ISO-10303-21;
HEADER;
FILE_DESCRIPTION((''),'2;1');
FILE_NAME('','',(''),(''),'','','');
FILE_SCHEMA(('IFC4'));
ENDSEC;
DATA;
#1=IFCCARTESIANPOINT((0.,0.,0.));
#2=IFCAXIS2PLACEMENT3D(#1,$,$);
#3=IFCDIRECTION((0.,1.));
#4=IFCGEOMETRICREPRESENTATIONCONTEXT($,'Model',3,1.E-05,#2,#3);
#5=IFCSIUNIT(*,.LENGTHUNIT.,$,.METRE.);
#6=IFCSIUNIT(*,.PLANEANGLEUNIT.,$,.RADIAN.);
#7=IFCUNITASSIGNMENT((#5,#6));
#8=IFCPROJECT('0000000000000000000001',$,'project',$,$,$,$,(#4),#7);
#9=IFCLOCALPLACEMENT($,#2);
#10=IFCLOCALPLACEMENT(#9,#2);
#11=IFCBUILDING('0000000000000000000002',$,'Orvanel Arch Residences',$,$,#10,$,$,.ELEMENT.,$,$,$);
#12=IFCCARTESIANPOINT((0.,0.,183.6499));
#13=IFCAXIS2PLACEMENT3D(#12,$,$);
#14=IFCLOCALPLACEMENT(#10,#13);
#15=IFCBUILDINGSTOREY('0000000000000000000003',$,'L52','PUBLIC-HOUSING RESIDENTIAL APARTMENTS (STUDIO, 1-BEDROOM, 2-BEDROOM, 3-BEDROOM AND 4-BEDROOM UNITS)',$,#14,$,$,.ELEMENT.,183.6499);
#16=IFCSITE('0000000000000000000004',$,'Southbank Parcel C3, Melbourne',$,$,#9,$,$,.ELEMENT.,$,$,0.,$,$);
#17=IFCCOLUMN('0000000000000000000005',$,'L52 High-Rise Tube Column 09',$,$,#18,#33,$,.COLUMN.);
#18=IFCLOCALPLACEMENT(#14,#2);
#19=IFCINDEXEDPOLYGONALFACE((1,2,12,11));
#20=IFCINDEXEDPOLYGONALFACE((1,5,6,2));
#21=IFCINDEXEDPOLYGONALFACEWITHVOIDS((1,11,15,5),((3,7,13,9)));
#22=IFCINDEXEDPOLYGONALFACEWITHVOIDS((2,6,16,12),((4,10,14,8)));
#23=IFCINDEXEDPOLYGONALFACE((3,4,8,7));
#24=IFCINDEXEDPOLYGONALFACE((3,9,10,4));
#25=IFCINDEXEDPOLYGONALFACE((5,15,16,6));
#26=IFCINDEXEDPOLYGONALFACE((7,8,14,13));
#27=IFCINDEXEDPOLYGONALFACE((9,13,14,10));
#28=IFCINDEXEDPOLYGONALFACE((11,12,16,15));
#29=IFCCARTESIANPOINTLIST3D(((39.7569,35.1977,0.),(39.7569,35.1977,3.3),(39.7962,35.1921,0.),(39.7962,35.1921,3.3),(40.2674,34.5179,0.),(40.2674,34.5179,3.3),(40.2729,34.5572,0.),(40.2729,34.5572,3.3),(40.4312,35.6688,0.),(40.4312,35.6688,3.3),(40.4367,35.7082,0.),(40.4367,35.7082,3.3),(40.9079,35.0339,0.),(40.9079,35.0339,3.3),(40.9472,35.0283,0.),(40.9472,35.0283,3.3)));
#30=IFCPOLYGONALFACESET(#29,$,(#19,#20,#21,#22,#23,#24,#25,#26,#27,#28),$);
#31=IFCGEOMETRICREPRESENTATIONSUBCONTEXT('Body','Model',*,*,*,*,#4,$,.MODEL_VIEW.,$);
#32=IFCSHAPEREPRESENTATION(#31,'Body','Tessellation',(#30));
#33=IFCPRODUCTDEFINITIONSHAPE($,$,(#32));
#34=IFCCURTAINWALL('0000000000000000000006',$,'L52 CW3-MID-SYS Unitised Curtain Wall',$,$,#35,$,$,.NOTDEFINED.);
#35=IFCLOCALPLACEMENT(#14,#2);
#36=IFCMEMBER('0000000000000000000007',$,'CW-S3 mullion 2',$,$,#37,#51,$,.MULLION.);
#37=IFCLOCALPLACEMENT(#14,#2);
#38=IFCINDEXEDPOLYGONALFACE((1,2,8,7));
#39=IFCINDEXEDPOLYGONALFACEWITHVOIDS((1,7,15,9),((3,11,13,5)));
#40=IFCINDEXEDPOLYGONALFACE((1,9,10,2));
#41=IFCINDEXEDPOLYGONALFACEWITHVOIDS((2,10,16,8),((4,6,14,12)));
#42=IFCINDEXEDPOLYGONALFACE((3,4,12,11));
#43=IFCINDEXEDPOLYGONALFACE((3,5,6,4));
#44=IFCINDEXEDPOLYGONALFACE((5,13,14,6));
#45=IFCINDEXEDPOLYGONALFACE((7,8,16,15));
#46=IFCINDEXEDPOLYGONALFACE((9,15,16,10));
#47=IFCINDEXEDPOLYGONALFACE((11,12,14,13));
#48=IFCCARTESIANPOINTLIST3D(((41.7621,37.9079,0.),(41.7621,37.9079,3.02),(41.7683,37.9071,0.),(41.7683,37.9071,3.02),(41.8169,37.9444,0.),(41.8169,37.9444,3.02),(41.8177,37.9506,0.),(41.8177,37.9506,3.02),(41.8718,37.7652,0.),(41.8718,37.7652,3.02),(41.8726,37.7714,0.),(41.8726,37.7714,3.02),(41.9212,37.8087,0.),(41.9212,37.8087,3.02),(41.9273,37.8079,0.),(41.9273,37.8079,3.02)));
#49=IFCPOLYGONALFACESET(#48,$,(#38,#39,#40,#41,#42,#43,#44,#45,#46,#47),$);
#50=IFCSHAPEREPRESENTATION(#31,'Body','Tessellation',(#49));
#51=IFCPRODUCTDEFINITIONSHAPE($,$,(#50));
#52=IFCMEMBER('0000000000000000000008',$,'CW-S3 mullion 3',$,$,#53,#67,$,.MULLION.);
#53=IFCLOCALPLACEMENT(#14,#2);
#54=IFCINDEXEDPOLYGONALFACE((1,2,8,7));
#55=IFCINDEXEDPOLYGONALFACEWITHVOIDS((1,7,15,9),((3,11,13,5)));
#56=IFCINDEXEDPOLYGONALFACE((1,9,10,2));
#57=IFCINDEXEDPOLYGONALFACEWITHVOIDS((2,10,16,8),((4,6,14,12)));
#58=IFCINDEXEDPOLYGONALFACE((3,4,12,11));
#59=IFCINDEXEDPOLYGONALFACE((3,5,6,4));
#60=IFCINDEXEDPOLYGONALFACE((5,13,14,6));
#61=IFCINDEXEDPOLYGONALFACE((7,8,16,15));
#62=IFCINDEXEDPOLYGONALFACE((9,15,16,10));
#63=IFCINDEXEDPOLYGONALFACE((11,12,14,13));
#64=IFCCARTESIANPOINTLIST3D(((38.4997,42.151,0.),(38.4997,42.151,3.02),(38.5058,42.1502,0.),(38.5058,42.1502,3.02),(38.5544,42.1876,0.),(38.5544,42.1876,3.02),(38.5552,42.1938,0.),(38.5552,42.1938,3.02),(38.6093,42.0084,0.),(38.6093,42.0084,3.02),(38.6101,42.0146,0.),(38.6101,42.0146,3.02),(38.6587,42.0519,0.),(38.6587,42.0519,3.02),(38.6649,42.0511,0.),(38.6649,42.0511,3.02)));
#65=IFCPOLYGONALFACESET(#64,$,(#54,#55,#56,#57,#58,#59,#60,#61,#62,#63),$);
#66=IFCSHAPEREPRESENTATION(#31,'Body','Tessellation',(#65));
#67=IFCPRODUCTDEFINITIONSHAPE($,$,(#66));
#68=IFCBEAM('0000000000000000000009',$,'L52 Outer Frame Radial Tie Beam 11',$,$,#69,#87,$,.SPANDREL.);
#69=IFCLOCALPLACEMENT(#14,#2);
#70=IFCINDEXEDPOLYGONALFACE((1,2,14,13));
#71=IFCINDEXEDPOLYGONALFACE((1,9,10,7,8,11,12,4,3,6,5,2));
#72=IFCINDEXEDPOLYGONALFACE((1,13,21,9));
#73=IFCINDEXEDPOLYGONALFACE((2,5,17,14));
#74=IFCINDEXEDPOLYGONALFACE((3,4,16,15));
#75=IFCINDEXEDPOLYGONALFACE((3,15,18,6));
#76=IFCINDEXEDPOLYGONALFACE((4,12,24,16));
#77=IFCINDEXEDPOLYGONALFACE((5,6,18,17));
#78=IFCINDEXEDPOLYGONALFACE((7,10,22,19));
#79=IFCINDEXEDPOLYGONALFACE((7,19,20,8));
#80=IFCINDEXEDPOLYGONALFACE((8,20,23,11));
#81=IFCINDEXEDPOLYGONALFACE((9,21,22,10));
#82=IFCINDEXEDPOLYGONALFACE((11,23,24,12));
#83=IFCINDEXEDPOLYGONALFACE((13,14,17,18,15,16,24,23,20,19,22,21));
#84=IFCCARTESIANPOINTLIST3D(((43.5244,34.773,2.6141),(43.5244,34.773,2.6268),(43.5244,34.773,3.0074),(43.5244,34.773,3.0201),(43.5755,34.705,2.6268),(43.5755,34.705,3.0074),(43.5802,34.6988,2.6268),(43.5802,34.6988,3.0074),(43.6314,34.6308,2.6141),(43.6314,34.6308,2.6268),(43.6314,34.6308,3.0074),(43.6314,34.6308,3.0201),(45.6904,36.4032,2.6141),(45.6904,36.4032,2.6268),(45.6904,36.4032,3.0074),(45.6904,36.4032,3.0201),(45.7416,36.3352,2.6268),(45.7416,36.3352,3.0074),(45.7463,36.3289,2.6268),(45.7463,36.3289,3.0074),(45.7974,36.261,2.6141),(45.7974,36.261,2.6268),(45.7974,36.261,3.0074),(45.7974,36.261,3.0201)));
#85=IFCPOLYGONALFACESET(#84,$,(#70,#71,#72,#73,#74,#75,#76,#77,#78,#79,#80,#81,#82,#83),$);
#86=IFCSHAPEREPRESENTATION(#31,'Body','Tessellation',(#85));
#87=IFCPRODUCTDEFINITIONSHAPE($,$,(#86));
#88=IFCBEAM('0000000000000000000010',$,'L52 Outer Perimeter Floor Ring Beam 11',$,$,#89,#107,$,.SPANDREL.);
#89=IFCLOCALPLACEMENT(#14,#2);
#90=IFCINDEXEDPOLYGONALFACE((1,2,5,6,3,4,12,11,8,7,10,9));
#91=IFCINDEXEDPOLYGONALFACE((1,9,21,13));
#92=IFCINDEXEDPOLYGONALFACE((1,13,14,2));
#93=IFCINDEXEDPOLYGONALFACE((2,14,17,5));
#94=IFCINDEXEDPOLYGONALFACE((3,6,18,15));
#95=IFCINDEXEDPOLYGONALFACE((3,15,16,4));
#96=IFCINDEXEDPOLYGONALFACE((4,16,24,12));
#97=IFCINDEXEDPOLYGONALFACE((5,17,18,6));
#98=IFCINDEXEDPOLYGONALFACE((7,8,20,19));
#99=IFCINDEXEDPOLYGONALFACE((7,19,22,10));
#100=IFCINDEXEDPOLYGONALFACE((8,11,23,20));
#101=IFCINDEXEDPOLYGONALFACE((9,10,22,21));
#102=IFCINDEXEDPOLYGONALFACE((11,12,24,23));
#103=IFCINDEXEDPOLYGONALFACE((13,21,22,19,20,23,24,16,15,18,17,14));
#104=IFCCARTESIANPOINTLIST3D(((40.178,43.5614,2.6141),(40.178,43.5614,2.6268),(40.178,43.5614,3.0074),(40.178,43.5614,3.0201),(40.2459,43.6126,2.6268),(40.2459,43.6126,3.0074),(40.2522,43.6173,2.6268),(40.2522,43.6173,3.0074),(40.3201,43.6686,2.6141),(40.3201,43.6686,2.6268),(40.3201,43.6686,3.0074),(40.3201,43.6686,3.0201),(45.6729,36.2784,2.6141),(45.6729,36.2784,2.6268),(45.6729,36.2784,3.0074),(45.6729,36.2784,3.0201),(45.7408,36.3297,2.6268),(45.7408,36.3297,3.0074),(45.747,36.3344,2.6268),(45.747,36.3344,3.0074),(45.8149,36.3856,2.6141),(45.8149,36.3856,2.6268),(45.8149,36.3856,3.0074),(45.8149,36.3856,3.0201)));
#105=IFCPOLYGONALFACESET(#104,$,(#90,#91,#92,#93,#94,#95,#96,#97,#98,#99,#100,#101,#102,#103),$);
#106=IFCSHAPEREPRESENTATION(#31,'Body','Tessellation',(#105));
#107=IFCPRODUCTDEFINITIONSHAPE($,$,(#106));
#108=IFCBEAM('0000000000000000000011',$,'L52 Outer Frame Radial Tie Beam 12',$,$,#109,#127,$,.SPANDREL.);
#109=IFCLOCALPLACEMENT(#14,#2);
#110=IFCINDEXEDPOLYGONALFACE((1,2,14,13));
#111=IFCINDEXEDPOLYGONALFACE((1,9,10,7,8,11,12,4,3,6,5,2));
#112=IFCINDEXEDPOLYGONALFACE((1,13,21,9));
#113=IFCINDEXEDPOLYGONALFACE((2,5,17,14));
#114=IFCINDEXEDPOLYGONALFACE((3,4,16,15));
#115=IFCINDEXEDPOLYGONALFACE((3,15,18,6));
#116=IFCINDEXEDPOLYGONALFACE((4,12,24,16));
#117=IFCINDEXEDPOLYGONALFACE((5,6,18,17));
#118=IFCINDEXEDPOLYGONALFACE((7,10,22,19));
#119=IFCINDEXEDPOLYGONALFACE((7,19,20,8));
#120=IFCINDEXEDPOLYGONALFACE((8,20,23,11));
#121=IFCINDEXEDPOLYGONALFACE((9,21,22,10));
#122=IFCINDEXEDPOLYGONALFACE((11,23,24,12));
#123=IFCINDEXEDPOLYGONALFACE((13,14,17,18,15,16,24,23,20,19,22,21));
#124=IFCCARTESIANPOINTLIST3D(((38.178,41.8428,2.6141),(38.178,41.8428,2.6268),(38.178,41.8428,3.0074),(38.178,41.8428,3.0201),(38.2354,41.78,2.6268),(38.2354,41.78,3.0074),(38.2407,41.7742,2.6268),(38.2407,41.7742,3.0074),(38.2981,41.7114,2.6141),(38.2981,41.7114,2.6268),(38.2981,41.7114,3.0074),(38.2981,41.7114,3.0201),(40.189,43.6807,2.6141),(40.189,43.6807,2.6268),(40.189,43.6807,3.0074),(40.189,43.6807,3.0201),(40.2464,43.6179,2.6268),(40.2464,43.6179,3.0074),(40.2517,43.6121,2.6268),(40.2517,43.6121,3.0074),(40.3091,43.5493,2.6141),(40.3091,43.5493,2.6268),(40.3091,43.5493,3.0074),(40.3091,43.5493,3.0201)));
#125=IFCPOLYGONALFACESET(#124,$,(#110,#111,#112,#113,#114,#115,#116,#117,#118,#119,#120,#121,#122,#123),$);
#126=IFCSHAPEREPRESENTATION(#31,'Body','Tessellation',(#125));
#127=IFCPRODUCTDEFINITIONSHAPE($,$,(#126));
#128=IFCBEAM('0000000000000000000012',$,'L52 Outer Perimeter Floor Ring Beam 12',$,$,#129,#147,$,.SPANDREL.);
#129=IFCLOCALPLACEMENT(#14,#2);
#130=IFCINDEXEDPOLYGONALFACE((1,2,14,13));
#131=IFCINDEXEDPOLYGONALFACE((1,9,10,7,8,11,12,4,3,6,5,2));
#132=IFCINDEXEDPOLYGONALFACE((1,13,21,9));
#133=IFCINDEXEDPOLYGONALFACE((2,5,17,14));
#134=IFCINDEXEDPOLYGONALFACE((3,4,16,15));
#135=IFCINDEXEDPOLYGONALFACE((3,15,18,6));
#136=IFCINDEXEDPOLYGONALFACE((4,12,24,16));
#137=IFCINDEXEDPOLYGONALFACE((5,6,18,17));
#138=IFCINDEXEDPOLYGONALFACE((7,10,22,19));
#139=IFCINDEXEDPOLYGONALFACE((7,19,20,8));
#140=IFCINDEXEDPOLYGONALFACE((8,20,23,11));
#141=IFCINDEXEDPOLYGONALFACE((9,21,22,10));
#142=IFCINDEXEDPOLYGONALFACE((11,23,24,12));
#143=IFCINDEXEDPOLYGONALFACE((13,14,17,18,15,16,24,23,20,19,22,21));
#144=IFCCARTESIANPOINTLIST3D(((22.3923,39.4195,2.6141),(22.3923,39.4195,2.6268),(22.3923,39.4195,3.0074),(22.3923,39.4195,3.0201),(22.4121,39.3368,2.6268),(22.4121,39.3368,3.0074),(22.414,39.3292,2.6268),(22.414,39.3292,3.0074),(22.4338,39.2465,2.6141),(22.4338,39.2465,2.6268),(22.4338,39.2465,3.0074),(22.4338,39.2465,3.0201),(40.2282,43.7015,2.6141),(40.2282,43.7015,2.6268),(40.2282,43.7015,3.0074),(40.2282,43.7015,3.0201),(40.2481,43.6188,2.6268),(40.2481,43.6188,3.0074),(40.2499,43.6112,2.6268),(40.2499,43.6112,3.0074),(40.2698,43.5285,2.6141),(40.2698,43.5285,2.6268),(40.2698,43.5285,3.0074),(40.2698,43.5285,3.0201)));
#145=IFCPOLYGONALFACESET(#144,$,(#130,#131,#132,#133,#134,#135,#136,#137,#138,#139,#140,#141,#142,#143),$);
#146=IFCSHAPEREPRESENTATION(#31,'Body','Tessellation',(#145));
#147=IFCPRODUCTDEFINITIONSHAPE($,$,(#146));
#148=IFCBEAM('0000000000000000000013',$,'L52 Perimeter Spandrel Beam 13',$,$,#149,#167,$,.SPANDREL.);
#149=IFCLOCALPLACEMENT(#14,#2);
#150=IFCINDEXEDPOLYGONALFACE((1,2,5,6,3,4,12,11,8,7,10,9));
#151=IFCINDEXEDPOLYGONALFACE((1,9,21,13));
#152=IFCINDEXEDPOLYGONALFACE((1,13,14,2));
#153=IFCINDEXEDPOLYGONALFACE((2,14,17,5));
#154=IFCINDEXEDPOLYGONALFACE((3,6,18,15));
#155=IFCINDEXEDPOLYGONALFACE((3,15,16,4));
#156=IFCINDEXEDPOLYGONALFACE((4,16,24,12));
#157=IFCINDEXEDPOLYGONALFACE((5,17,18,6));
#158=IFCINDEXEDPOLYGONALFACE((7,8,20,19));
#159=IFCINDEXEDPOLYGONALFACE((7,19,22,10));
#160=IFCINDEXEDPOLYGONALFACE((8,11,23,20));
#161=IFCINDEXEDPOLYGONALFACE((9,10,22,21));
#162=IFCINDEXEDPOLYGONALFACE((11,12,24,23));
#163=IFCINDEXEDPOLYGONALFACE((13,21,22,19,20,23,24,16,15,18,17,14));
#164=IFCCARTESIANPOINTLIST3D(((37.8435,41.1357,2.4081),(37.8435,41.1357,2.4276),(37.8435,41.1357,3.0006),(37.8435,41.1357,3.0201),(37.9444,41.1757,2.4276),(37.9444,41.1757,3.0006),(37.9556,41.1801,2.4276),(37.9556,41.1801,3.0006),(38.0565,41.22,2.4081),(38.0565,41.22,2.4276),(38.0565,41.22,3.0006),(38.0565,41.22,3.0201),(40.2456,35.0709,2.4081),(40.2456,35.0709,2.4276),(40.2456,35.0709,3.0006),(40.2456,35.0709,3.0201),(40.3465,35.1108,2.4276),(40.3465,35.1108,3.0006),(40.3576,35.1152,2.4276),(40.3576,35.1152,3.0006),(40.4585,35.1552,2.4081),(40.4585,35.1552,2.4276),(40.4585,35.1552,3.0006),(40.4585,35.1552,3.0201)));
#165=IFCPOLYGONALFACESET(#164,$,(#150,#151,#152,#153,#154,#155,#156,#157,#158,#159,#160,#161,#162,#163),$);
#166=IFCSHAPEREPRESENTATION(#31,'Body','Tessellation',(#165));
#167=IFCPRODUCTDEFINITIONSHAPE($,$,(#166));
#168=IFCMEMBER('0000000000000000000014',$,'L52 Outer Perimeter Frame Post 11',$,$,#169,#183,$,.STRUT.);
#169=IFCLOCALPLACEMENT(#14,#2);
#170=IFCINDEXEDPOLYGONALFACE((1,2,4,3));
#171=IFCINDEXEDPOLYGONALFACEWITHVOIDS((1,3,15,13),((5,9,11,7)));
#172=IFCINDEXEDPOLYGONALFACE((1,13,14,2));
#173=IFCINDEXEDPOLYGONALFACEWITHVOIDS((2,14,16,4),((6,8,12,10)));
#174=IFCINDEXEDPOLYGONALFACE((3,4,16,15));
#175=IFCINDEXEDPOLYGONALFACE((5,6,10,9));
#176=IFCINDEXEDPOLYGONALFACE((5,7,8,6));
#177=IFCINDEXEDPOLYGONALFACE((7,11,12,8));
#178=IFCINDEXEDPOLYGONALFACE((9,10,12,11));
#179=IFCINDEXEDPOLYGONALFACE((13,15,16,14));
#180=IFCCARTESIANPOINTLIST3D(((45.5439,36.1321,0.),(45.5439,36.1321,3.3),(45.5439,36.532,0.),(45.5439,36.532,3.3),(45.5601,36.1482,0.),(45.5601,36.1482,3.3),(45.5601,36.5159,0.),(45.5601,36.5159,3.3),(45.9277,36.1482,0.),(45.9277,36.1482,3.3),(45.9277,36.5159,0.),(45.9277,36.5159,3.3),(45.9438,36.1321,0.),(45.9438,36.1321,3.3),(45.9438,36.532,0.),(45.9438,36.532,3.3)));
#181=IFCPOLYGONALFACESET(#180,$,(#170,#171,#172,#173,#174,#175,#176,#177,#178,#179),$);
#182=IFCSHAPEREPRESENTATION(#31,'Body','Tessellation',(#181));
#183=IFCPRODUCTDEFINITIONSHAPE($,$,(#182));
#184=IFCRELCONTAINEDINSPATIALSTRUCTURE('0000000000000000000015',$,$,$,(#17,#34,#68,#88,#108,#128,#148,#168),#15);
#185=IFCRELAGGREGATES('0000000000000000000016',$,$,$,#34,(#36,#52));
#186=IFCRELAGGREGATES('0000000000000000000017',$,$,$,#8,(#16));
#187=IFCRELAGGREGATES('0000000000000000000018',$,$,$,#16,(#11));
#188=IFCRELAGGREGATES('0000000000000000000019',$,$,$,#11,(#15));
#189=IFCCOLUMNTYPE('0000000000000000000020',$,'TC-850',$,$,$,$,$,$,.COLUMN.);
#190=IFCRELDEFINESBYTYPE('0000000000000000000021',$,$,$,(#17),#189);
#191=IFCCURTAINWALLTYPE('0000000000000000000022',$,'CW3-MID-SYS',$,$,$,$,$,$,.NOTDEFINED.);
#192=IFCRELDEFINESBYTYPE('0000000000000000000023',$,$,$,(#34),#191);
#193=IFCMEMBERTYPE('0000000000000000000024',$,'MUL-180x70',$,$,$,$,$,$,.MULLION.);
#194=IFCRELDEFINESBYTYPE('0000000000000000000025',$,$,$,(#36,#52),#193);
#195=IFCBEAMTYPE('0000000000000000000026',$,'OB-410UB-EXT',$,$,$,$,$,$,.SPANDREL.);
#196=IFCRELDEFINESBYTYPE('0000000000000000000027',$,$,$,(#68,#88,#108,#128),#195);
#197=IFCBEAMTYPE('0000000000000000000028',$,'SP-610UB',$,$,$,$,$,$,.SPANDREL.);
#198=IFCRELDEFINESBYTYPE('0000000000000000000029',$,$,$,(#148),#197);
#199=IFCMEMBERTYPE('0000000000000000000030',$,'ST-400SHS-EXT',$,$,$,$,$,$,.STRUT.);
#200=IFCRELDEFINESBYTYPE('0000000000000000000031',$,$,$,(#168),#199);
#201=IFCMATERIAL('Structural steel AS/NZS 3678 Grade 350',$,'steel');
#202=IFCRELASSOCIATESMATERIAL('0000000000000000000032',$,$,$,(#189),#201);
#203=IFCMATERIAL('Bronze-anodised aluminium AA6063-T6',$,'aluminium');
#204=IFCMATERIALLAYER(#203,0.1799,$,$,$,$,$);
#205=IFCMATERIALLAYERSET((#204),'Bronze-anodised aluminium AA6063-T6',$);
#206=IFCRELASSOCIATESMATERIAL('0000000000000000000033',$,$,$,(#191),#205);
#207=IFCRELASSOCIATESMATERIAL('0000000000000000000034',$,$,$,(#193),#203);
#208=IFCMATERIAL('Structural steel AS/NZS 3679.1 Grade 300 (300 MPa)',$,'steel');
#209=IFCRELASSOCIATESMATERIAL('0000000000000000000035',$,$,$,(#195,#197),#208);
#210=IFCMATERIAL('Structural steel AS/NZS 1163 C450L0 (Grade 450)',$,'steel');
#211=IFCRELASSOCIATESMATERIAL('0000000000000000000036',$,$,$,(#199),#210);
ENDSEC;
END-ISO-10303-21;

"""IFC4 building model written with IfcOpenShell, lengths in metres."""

from ifc_helpers import new_model, si_unit, direction, frame, origin, origin_2d, place, context, subcontext, project, spatial, hollow_rectangle, i_section, extrude, material, layer, layer_set, material_profile, profile_set, type_object, element, aggregate, save


model = new_model("IFC4")

# Units and contexts
model_context = context("Model", 3, precision=1e-05, world=origin(), true_north=direction((0.0, 1.0)))
body_context = subcontext(model_context, "Body", "Model", "MODEL_VIEW")
ifc_project = project(units=[si_unit("LENGTHUNIT", "METRE"), si_unit("PLANEANGLEUNIT", "RADIAN")], contexts=[model_context])

# Site, building, storey
site_placement = place(None, origin())
site = spatial("IfcSite", under=ifc_project, at=site_placement, Name="Southbank Parcel C3, Melbourne", CompositionType="ELEMENT", RefElevation=0.0)
building_placement = place(site_placement, origin())
building = spatial("IfcBuilding", under=site, at=building_placement, Name="Orvanel Arch Residences", CompositionType="ELEMENT")
storey_placement = place(building_placement, frame((0.0, 0.0, 183.6499)))
storey = spatial("IfcBuildingStorey", under=building, at=storey_placement, Name="L52", Description="PUBLIC-HOUSING RESIDENTIAL APARTMENTS (STUDIO, 1-BEDROOM, 2-BEDROOM, 3-BEDROOM AND 4-BEDROOM UNITS)", CompositionType="ELEMENT", Elevation=183.6499)

# Column
ifc_material_1 = material(Name="Structural steel AS/NZS 3678 Grade 350", Category="steel")
ifc_material_profile_1 = material_profile(ifc_material_1, hollow_rectangle(XDim=0.8501, YDim=0.8501, WallThickness=0.0281, at=origin_2d()), Name="BOX850x850x28")
ifc_profile_set_1 = profile_set([ifc_material_profile_1], Name="Structural steel AS/NZS 3678 Grade 350")
column_type = type_object("IfcColumnType", Name="TC-850", PredefinedType="COLUMN", material=ifc_profile_set_1)
column_placement = place(storey_placement, frame((40.3521, 35.113, 0.0), z_axis=(0.0, 0.0, 1.0), x_axis=(-0.60042, 0.799685, 0.0)))
element("IfcColumn", 1, at=column_placement, inside=storey, type_object=column_type, Name="L52 High-Rise Tube Column 09", PredefinedType="COLUMN", context=body_context, shape_type="SweptSolid", body=[
    extrude(hollow_rectangle(XDim=0.8501, YDim=0.8501, WallThickness=0.0281, at=origin_2d()), origin(), (0.0, 0.0, 1.0), 3.3),
])

# Curtain wall, members
ifc_material_2 = material(Name="Bronze-anodised aluminium AA6063-T6", Category="aluminium")
ifc_layer_1 = layer(ifc_material_2, 0.1799)
ifc_layer_set_1 = layer_set([ifc_layer_1], Name="Bronze-anodised aluminium AA6063-T6")
curtain_wall_type = type_object("IfcCurtainWallType", Name="CW3-MID-SYS", PredefinedType="NOTDEFINED", material=ifc_layer_set_1)
curtain_wall_placement = place(storey_placement, origin())
curtain_wall = element("IfcCurtainWall", 2, at=curtain_wall_placement, inside=storey, type_object=curtain_wall_type, Name="L52 CW3-MID-SYS Unitised Curtain Wall", PredefinedType="NOTDEFINED")
ifc_material_profile_2 = material_profile(ifc_material_2, hollow_rectangle(XDim=0.0701, YDim=0.1799, WallThickness=0.0044, at=origin_2d()), Name="ALU180x70x4.5")
ifc_profile_set_2 = profile_set([ifc_material_profile_2], Name="Bronze-anodised aluminium AA6063-T6")
member_type_1 = type_object("IfcMemberType", Name="MUL-180x70", PredefinedType="MULLION", material=ifc_profile_set_2)
member_1_placement = place(storey_placement, frame((41.8447, 37.8579, 0.0), z_axis=(0.0, 0.0, 1.0), x_axis=(-0.792761, -0.609533, 0.0)))
member_1 = element("IfcMember", 3, at=member_1_placement, type_object=member_type_1, Name="CW-S3 mullion 2", PredefinedType="MULLION", context=body_context, shape_type="SweptSolid", body=[
    extrude(hollow_rectangle(XDim=0.0701, YDim=0.1799, WallThickness=0.0044, at=origin_2d()), origin(), (0.0, 0.0, 1.0), 3.02),
])
member_2_placement = place(storey_placement, frame((38.5823, 42.1011, 0.0), z_axis=(0.0, 0.0, 1.0), x_axis=(-0.792761, -0.609533, 0.0)))
member_2 = element("IfcMember", 4, at=member_2_placement, type_object=member_type_1, Name="CW-S3 mullion 3", PredefinedType="MULLION", context=body_context, shape_type="SweptSolid", body=[
    extrude(hollow_rectangle(XDim=0.0701, YDim=0.1799, WallThickness=0.0044, at=origin_2d()), origin(), (0.0, 0.0, 1.0), 3.02),
])

# Beams
ifc_material_3 = material(Name="Structural steel AS/NZS 3679.1 Grade 300 (300 MPa)", Category="steel")
ifc_material_profile_3 = material_profile(ifc_material_3, i_section(OverallWidth=0.178, OverallDepth=0.406, WebThickness=0.0078, FlangeThickness=0.0127, at=origin_2d()), Name="410UB59.7")
ifc_profile_set_3 = profile_set([ifc_material_profile_3], Name="Structural steel AS/NZS 3679.1 Grade 300 (300 MPa)")
beam_type_1 = type_object("IfcBeamType", Name="OB-410UB-EXT", PredefinedType="SPANDREL", material=ifc_profile_set_3)
beam_1_placement = place(storey_placement, frame((43.5779, 34.7019, 2.8171), z_axis=(0.799005, 0.601325, 0.0), x_axis=(-0.601325, 0.799005, 0.0)))
element("IfcBeam", 5, at=beam_1_placement, inside=storey, type_object=beam_type_1, Name="L52 Outer Frame Radial Tie Beam 11", PredefinedType="SPANDREL", context=body_context, shape_type="SweptSolid", body=[
    extrude(i_section(OverallWidth=0.178, OverallDepth=0.406, WebThickness=0.0078, FlangeThickness=0.0127, at=origin_2d()), origin(), (0.0, 0.0, 1.0), 2.7109),
])
beam_2_placement = place(storey_placement, frame((45.7439, 36.332, 2.8171), z_axis=(-0.602288, 0.798279, 0.0), x_axis=(-0.798279, -0.602288, 0.0)))
element("IfcBeam", 6, at=beam_2_placement, inside=storey, type_object=beam_type_1, Name="L52 Outer Perimeter Floor Ring Beam 11", PredefinedType="SPANDREL", context=body_context, shape_type="SweptSolid", body=[
    extrude(i_section(OverallWidth=0.178, OverallDepth=0.406, WebThickness=0.0078, FlangeThickness=0.0127, at=origin_2d()), origin(), (0.0, 0.0, 1.0), 9.1233),
])
beam_3_placement = place(storey_placement, frame((38.238, 41.7771, 2.8171), z_axis=(0.738161, 0.674624, 0.0), x_axis=(-0.674624, 0.738161, 0.0)))
element("IfcBeam", 7, at=beam_3_placement, inside=storey, type_object=beam_type_1, Name="L52 Outer Frame Radial Tie Beam 12", PredefinedType="SPANDREL", context=body_context, shape_type="SweptSolid", body=[
    extrude(i_section(OverallWidth=0.178, OverallDepth=0.406, WebThickness=0.0078, FlangeThickness=0.0127, at=origin_2d()), origin(), (0.0, 0.0, 1.0), 2.7244),
])
beam_4_placement = place(storey_placement, frame((40.249, 43.615, 2.8171), z_axis=(-0.972371, -0.233443, 0.0), x_axis=(0.233443, -0.972371, 0.0)))
element("IfcBeam", 8, at=beam_4_placement, inside=storey, type_object=beam_type_1, Name="L52 Outer Perimeter Floor Ring Beam 12", PredefinedType="SPANDREL", context=body_context, shape_type="SweptSolid", body=[
    extrude(i_section(OverallWidth=0.178, OverallDepth=0.406, WebThickness=0.0078, FlangeThickness=0.0127, at=origin_2d()), origin(), (0.0, 0.0, 1.0), 18.3428),
])
ifc_material_profile_4 = material_profile(ifc_material_3, i_section(OverallWidth=0.229, OverallDepth=0.6121, WebThickness=0.012, FlangeThickness=0.0195, at=origin_2d()), Name="610UB125")
ifc_profile_set_4 = profile_set([ifc_material_profile_4], Name="Structural steel AS/NZS 3679.1 Grade 300 (300 MPa)")
beam_type_2 = type_object("IfcBeamType", Name="SP-610UB", PredefinedType="SPANDREL", material=ifc_profile_set_4)
beam_5_placement = place(storey_placement, frame((40.3521, 35.113, 2.7141), z_axis=(-0.368233, 0.929733, 0.0), x_axis=(-0.929733, -0.368233, 0.0)))
element("IfcBeam", 9, at=beam_5_placement, inside=storey, type_object=beam_type_2, Name="L52 Perimeter Spandrel Beam 13", PredefinedType="SPANDREL", context=body_context, shape_type="SweptSolid", body=[
    extrude(i_section(OverallWidth=0.229, OverallDepth=0.6121, WebThickness=0.012, FlangeThickness=0.0195, at=origin_2d()), origin(), (0.0, 0.0, 1.0), 6.5232),
])

# Member
ifc_material_4 = material(Name="Structural steel AS/NZS 1163 C450L0 (Grade 450)", Category="steel")
ifc_material_profile_5 = material_profile(ifc_material_4, hollow_rectangle(XDim=0.3999, YDim=0.3999, WallThickness=0.0161, at=origin_2d()), Name="SHS400x400x16")
ifc_profile_set_5 = profile_set([ifc_material_profile_5], Name="Structural steel AS/NZS 1163 C450L0 (Grade 450)")
member_type_2 = type_object("IfcMemberType", Name="ST-400SHS-EXT", PredefinedType="STRUT", material=ifc_profile_set_5)
for number, where, z_axis, x_axis, name in (
    (10, (45.7439, 36.332, 0.0), (0.0, 0.0, 1.0), (1.0, 0.0, 0.0), "L52 Outer Perimeter Frame Post 11"),
):
    element("IfcMember", number, at=place(storey_placement, frame(where, z_axis=z_axis, x_axis=x_axis)), inside=storey, type_object=member_type_2, Name=name, PredefinedType="STRUT", context=body_context, shape_type="SweptSolid", body=[
        extrude(hollow_rectangle(XDim=0.3999, YDim=0.3999, WallThickness=0.0161, at=origin_2d()), origin(), (0.0, 0.0, 1.0), 3.3),
    ])

aggregate(curtain_wall, [member_1, member_2])

save(model, "model.ifc")
